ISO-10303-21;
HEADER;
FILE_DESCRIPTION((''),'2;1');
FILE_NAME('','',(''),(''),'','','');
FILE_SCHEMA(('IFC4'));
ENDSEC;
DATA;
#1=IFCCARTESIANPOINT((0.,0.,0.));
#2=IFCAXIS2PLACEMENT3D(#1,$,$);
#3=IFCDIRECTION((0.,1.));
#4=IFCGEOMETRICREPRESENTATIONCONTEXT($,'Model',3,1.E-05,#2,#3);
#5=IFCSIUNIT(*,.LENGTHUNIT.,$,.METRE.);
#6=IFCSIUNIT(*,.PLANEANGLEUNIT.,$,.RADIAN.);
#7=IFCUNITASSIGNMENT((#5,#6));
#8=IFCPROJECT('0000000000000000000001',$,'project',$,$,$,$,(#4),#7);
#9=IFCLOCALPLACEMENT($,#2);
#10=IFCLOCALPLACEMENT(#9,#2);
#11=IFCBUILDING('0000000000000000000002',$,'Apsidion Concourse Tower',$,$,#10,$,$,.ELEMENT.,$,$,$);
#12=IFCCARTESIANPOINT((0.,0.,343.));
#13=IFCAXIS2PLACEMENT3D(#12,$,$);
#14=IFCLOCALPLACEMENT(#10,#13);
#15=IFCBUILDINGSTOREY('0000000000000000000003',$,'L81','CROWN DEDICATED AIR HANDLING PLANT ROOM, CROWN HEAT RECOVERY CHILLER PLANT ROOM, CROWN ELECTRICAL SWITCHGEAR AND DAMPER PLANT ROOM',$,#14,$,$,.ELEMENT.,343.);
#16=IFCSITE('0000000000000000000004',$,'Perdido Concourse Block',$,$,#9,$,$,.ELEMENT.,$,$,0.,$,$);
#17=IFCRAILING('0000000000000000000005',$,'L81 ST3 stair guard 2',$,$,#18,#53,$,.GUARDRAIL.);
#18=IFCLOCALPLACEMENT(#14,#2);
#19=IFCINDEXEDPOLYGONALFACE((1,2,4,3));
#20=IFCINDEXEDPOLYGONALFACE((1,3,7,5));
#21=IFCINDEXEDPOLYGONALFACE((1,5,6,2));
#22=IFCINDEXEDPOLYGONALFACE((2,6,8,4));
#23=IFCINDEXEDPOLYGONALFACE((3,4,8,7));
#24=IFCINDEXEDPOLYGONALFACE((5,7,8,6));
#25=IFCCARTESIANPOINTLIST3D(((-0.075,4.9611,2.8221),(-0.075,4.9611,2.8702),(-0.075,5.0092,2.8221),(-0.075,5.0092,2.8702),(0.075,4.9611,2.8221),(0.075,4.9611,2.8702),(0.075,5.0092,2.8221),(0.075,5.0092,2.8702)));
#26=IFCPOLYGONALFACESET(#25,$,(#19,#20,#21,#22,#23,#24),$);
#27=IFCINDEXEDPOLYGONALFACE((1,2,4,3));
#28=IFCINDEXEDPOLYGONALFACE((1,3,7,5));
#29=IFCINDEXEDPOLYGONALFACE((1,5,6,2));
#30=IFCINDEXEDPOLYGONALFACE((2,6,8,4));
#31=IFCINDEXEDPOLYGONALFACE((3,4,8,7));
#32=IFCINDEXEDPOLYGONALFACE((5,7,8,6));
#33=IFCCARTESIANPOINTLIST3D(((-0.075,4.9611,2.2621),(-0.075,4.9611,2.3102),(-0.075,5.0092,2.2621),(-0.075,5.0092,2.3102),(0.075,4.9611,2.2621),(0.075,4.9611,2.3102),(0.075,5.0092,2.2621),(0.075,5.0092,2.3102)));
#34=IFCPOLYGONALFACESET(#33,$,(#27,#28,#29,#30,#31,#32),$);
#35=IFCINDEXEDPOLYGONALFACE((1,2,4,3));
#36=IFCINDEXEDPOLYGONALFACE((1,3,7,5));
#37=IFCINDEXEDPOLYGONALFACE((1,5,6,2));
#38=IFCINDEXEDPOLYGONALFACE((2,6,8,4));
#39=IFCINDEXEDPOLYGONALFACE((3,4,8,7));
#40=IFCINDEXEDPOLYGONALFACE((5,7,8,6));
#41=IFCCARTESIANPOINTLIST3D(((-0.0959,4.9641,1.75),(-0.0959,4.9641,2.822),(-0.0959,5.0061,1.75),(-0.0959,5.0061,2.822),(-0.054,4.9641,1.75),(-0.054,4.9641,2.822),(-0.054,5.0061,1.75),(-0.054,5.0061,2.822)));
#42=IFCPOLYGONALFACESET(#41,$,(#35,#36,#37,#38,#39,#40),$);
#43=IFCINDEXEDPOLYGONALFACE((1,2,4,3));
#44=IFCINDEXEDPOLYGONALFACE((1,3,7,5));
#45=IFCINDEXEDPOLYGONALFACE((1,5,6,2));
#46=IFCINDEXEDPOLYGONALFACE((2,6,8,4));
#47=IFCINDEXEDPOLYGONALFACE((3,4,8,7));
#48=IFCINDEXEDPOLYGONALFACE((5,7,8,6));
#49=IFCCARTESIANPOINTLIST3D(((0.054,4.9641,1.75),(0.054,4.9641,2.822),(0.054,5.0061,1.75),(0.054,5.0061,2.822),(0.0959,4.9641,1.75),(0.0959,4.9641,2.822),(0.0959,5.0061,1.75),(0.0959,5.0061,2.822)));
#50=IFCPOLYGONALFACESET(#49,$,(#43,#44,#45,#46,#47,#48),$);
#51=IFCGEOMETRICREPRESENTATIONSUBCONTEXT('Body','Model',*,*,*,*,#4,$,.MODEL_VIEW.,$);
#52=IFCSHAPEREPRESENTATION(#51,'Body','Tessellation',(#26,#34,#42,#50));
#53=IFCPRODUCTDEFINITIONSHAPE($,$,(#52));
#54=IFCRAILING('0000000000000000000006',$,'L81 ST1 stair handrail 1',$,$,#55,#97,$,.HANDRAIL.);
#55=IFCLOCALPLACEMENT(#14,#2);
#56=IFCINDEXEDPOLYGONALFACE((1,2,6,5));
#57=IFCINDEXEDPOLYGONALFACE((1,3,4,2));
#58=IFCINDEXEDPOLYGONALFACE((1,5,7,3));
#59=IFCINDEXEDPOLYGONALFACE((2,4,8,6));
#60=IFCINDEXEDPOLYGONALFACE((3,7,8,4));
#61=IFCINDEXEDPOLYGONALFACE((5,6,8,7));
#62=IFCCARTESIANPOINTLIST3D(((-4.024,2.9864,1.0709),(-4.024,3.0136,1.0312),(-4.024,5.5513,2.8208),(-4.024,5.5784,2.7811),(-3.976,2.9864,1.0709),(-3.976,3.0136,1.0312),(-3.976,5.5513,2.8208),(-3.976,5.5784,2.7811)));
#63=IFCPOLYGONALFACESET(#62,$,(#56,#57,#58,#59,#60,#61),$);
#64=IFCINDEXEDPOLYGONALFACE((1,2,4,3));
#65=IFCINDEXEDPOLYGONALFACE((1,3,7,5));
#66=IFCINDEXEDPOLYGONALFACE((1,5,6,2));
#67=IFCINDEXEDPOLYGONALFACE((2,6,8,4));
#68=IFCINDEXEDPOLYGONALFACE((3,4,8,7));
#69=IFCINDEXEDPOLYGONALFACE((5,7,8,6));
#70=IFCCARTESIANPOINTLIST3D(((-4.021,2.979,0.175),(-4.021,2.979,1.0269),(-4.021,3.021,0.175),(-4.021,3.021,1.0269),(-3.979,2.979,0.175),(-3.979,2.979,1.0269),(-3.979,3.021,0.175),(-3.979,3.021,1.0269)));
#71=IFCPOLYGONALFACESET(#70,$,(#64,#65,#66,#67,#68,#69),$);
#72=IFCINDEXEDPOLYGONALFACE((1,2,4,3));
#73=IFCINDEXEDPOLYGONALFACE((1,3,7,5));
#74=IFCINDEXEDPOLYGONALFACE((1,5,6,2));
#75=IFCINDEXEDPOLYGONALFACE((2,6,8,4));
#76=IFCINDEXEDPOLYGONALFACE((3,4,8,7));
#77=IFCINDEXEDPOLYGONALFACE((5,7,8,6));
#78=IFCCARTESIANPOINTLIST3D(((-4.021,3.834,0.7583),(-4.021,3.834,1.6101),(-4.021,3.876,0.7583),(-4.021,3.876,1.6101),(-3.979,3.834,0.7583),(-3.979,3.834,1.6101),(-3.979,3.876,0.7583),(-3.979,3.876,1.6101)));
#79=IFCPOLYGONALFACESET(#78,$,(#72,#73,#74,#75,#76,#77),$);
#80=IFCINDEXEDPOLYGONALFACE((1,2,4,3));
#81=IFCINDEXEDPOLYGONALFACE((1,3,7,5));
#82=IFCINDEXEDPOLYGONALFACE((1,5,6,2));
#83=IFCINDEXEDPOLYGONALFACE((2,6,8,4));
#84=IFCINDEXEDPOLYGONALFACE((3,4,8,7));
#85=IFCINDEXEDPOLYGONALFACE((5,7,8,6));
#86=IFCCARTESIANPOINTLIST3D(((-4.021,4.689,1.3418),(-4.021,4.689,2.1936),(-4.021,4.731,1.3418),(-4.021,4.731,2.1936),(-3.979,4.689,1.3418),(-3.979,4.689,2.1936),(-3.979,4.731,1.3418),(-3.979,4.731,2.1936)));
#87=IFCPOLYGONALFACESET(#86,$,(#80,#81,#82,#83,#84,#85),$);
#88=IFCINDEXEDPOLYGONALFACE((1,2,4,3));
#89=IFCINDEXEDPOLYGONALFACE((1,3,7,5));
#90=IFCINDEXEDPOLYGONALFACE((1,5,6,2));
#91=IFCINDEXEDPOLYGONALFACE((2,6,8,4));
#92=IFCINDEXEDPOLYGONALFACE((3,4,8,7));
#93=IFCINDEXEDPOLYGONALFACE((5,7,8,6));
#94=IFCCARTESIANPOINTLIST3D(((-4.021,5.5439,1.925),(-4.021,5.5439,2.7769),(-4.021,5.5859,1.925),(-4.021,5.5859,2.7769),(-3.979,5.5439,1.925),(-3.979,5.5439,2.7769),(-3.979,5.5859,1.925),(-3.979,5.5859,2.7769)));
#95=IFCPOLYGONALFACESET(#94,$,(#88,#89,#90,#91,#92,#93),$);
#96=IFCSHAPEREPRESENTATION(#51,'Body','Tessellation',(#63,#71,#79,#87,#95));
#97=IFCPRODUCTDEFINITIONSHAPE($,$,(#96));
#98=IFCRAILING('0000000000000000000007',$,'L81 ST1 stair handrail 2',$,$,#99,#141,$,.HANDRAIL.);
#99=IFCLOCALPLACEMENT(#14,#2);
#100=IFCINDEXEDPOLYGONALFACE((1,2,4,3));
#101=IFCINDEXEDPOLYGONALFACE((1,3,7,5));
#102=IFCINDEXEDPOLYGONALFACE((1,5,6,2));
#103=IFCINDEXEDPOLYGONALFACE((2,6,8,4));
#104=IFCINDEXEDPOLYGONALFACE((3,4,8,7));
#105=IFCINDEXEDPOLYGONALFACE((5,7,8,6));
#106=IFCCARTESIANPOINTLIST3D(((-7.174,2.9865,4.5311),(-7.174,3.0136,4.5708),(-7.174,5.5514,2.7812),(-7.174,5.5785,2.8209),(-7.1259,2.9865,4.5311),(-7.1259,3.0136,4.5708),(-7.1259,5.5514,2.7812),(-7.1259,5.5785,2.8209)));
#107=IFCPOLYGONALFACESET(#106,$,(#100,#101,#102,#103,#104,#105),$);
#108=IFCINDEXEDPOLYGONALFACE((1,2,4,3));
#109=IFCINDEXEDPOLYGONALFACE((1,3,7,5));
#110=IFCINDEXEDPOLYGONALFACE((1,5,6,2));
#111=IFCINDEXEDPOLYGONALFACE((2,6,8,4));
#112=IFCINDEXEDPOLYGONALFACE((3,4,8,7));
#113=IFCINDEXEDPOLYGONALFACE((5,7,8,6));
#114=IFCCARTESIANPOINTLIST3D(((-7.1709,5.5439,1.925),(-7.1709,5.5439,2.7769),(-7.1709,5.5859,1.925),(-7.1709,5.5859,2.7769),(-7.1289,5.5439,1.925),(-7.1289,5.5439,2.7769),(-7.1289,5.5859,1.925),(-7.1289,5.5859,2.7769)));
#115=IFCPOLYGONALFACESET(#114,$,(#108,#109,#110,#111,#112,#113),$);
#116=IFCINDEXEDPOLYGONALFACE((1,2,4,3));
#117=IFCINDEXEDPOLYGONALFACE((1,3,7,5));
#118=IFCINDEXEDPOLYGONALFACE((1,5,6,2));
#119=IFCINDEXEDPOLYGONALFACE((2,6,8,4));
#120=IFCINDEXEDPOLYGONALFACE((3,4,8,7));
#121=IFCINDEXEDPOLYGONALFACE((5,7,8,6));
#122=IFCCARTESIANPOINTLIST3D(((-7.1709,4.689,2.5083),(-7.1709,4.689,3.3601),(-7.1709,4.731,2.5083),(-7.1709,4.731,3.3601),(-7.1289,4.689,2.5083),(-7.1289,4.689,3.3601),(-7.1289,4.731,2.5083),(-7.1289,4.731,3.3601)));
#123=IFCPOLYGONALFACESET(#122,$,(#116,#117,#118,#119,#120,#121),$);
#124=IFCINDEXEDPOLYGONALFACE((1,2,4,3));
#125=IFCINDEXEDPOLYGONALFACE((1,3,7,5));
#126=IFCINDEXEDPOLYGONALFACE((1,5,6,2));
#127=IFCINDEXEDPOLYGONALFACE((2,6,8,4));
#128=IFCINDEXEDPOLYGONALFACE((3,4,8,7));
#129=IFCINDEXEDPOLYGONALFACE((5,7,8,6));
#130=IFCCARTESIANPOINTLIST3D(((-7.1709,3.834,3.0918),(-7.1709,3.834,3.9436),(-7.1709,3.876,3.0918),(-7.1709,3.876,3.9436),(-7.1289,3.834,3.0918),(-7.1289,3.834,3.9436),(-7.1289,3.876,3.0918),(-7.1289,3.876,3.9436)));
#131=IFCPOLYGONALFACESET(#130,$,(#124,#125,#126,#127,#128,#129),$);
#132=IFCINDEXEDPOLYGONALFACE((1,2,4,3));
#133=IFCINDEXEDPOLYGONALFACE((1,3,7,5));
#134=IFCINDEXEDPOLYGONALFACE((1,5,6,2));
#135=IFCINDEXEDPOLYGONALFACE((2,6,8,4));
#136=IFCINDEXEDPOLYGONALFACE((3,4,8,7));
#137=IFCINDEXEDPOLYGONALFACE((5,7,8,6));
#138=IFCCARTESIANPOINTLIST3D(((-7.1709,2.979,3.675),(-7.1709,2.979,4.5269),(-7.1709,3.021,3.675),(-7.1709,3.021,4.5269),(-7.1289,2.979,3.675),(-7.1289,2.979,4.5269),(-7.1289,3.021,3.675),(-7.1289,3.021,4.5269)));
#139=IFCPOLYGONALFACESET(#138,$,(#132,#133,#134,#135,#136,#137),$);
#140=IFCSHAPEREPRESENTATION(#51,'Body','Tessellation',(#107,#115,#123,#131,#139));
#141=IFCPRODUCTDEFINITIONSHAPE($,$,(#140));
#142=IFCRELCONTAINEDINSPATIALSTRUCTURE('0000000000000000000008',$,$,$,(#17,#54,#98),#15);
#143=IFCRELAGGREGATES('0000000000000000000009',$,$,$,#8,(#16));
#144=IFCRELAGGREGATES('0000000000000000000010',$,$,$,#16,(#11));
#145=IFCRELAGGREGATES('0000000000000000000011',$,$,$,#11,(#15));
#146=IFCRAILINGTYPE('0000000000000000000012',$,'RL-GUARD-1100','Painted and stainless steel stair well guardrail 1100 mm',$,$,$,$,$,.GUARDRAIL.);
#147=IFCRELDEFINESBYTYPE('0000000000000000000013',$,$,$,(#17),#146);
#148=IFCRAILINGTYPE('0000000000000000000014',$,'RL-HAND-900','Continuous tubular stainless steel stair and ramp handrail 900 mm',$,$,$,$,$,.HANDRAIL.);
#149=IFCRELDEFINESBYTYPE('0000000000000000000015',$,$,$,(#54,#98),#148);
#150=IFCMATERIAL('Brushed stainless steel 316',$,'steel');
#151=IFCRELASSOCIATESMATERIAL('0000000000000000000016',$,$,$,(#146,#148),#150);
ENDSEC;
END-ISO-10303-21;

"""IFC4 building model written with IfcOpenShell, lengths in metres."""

from ifc_helpers import new_model, si_unit, direction, frame, origin, origin_2d, place, context, subcontext, project, spatial, rectangle, extrude, material, type_object, element, save


model = new_model("IFC4")

# Units and contexts
model_context = context("Model", 3, precision=1e-05, world=origin(), true_north=direction((0.0, 1.0)))
body_context = subcontext(model_context, "Body", "Model", "MODEL_VIEW")
ifc_project = project(units=[si_unit("LENGTHUNIT", "METRE"), si_unit("PLANEANGLEUNIT", "RADIAN")], contexts=[model_context])

# Site, building, storey
site_placement = place(None, origin())
site = spatial("IfcSite", under=ifc_project, at=site_placement, Name="Perdido Concourse Block", CompositionType="ELEMENT", RefElevation=0.0)
building_placement = place(site_placement, origin())
building = spatial("IfcBuilding", under=site, at=building_placement, Name="Apsidion Concourse Tower", CompositionType="ELEMENT")
storey_placement = place(building_placement, frame((0.0, 0.0, 343.0)))
storey = spatial("IfcBuildingStorey", under=building, at=storey_placement, Name="L81", Description="CROWN DEDICATED AIR HANDLING PLANT ROOM, CROWN HEAT RECOVERY CHILLER PLANT ROOM, CROWN ELECTRICAL SWITCHGEAR AND DAMPER PLANT ROOM", CompositionType="ELEMENT", Elevation=343.0)

# Shared definitions
ifc_material_1 = material(Name="Brushed stainless steel 316", Category="steel")

# Railings
railing_type_1 = type_object("IfcRailingType", Name="RL-GUARD-1100", Description="Painted and stainless steel stair well guardrail 1100 mm", PredefinedType="GUARDRAIL", material=ifc_material_1)
railing_1_placement = place(storey_placement, frame((-0.075, 4.9851, 1.75)))
element("IfcRailing", 1, at=railing_1_placement, inside=storey, type_object=railing_type_1, Name="L81 ST3 stair guard 2", PredefinedType="GUARDRAIL", context=body_context, shape_type="SweptSolid", body=[
    extrude(rectangle(XDim=0.0481, YDim=0.0481, at=origin_2d()), frame((0.0, 0.0, 1.0962), z_axis=(1.0, 0.0, 0.0), x_axis=(0.0, 1.0, 0.0)), (0.0, 0.0, 1.0), 0.1499),
    extrude(rectangle(XDim=0.0481, YDim=0.0481, at=origin_2d()), frame((0.0, 0.0, 0.5361), z_axis=(1.0, 0.0, 0.0), x_axis=(0.0, 1.0, 0.0)), (0.0, 0.0, 1.0), 0.1499),
    extrude(rectangle(XDim=0.042, YDim=0.042, at=origin_2d()), origin(), (0.0, 0.0, 1.0), 1.072),
    extrude(rectangle(XDim=0.042, YDim=0.042, at=origin_2d()), frame((0.1499, 0.0, 0.0)), (0.0, 0.0, 1.0), 1.072),
])
railing_type_2 = type_object("IfcRailingType", Name="RL-HAND-900", Description="Continuous tubular stainless steel stair and ramp handrail 900 mm", PredefinedType="HANDRAIL", material=ifc_material_1)
railing_2_placement = place(storey_placement, frame((-4.0, 3.0, 0.175)))
element("IfcRailing", 2, at=railing_2_placement, inside=storey, type_object=railing_type_2, Name="L81 ST1 stair handrail 1", PredefinedType="HANDRAIL", context=body_context, shape_type="SweptSolid", body=[
    extrude(rectangle(XDim=0.0481, YDim=0.0481, at=origin_2d()), frame((0.0, 0.0, 0.876), z_axis=(0.0, 0.826051, 0.563595), x_axis=(-1.0, 0.0, 0.0)), (0.0, 0.0, 1.0), 3.105),
    extrude(rectangle(XDim=0.042, YDim=0.042, at=origin_2d()), origin(), (0.0, 0.0, 1.0), 0.8518),
    extrude(rectangle(XDim=0.042, YDim=0.042, at=origin_2d()), frame((0.0, 0.855, 0.5833)), (0.0, 0.0, 1.0), 0.8518),
    extrude(rectangle(XDim=0.042, YDim=0.042, at=origin_2d()), frame((0.0, 1.71, 1.1667)), (0.0, 0.0, 1.0), 0.8518),
    extrude(rectangle(XDim=0.042, YDim=0.042, at=origin_2d()), frame((0.0, 2.5649, 1.75)), (0.0, 0.0, 1.0), 0.8518),
])
railing_3_placement = place(storey_placement, frame((-7.1499, 5.5649, 1.925)))
element("IfcRailing", 3, at=railing_3_placement, inside=storey, type_object=railing_type_2, Name="L81 ST1 stair handrail 2", PredefinedType="HANDRAIL", context=body_context, shape_type="SweptSolid", body=[
    extrude(rectangle(XDim=0.0481, YDim=0.0481, at=origin_2d()), frame((0.0, 0.0, 0.876), z_axis=(0.0, -0.826051, 0.563595), x_axis=(1.0, 0.0, 0.0)), (0.0, 0.0, 1.0), 3.105),
    extrude(rectangle(XDim=0.042, YDim=0.042, at=origin_2d()), origin(), (0.0, 0.0, 1.0), 0.8518),
    extrude(rectangle(XDim=0.042, YDim=0.042, at=origin_2d()), frame((0.0, -0.855, 0.5833)), (0.0, 0.0, 1.0), 0.8518),
    extrude(rectangle(XDim=0.042, YDim=0.042, at=origin_2d()), frame((0.0, -1.71, 1.1667)), (0.0, 0.0, 1.0), 0.8518),
    extrude(rectangle(XDim=0.042, YDim=0.042, at=origin_2d()), frame((0.0, -2.5649, 1.75)), (0.0, 0.0, 1.0), 0.8518),
])

save(model, "model.ifc")
